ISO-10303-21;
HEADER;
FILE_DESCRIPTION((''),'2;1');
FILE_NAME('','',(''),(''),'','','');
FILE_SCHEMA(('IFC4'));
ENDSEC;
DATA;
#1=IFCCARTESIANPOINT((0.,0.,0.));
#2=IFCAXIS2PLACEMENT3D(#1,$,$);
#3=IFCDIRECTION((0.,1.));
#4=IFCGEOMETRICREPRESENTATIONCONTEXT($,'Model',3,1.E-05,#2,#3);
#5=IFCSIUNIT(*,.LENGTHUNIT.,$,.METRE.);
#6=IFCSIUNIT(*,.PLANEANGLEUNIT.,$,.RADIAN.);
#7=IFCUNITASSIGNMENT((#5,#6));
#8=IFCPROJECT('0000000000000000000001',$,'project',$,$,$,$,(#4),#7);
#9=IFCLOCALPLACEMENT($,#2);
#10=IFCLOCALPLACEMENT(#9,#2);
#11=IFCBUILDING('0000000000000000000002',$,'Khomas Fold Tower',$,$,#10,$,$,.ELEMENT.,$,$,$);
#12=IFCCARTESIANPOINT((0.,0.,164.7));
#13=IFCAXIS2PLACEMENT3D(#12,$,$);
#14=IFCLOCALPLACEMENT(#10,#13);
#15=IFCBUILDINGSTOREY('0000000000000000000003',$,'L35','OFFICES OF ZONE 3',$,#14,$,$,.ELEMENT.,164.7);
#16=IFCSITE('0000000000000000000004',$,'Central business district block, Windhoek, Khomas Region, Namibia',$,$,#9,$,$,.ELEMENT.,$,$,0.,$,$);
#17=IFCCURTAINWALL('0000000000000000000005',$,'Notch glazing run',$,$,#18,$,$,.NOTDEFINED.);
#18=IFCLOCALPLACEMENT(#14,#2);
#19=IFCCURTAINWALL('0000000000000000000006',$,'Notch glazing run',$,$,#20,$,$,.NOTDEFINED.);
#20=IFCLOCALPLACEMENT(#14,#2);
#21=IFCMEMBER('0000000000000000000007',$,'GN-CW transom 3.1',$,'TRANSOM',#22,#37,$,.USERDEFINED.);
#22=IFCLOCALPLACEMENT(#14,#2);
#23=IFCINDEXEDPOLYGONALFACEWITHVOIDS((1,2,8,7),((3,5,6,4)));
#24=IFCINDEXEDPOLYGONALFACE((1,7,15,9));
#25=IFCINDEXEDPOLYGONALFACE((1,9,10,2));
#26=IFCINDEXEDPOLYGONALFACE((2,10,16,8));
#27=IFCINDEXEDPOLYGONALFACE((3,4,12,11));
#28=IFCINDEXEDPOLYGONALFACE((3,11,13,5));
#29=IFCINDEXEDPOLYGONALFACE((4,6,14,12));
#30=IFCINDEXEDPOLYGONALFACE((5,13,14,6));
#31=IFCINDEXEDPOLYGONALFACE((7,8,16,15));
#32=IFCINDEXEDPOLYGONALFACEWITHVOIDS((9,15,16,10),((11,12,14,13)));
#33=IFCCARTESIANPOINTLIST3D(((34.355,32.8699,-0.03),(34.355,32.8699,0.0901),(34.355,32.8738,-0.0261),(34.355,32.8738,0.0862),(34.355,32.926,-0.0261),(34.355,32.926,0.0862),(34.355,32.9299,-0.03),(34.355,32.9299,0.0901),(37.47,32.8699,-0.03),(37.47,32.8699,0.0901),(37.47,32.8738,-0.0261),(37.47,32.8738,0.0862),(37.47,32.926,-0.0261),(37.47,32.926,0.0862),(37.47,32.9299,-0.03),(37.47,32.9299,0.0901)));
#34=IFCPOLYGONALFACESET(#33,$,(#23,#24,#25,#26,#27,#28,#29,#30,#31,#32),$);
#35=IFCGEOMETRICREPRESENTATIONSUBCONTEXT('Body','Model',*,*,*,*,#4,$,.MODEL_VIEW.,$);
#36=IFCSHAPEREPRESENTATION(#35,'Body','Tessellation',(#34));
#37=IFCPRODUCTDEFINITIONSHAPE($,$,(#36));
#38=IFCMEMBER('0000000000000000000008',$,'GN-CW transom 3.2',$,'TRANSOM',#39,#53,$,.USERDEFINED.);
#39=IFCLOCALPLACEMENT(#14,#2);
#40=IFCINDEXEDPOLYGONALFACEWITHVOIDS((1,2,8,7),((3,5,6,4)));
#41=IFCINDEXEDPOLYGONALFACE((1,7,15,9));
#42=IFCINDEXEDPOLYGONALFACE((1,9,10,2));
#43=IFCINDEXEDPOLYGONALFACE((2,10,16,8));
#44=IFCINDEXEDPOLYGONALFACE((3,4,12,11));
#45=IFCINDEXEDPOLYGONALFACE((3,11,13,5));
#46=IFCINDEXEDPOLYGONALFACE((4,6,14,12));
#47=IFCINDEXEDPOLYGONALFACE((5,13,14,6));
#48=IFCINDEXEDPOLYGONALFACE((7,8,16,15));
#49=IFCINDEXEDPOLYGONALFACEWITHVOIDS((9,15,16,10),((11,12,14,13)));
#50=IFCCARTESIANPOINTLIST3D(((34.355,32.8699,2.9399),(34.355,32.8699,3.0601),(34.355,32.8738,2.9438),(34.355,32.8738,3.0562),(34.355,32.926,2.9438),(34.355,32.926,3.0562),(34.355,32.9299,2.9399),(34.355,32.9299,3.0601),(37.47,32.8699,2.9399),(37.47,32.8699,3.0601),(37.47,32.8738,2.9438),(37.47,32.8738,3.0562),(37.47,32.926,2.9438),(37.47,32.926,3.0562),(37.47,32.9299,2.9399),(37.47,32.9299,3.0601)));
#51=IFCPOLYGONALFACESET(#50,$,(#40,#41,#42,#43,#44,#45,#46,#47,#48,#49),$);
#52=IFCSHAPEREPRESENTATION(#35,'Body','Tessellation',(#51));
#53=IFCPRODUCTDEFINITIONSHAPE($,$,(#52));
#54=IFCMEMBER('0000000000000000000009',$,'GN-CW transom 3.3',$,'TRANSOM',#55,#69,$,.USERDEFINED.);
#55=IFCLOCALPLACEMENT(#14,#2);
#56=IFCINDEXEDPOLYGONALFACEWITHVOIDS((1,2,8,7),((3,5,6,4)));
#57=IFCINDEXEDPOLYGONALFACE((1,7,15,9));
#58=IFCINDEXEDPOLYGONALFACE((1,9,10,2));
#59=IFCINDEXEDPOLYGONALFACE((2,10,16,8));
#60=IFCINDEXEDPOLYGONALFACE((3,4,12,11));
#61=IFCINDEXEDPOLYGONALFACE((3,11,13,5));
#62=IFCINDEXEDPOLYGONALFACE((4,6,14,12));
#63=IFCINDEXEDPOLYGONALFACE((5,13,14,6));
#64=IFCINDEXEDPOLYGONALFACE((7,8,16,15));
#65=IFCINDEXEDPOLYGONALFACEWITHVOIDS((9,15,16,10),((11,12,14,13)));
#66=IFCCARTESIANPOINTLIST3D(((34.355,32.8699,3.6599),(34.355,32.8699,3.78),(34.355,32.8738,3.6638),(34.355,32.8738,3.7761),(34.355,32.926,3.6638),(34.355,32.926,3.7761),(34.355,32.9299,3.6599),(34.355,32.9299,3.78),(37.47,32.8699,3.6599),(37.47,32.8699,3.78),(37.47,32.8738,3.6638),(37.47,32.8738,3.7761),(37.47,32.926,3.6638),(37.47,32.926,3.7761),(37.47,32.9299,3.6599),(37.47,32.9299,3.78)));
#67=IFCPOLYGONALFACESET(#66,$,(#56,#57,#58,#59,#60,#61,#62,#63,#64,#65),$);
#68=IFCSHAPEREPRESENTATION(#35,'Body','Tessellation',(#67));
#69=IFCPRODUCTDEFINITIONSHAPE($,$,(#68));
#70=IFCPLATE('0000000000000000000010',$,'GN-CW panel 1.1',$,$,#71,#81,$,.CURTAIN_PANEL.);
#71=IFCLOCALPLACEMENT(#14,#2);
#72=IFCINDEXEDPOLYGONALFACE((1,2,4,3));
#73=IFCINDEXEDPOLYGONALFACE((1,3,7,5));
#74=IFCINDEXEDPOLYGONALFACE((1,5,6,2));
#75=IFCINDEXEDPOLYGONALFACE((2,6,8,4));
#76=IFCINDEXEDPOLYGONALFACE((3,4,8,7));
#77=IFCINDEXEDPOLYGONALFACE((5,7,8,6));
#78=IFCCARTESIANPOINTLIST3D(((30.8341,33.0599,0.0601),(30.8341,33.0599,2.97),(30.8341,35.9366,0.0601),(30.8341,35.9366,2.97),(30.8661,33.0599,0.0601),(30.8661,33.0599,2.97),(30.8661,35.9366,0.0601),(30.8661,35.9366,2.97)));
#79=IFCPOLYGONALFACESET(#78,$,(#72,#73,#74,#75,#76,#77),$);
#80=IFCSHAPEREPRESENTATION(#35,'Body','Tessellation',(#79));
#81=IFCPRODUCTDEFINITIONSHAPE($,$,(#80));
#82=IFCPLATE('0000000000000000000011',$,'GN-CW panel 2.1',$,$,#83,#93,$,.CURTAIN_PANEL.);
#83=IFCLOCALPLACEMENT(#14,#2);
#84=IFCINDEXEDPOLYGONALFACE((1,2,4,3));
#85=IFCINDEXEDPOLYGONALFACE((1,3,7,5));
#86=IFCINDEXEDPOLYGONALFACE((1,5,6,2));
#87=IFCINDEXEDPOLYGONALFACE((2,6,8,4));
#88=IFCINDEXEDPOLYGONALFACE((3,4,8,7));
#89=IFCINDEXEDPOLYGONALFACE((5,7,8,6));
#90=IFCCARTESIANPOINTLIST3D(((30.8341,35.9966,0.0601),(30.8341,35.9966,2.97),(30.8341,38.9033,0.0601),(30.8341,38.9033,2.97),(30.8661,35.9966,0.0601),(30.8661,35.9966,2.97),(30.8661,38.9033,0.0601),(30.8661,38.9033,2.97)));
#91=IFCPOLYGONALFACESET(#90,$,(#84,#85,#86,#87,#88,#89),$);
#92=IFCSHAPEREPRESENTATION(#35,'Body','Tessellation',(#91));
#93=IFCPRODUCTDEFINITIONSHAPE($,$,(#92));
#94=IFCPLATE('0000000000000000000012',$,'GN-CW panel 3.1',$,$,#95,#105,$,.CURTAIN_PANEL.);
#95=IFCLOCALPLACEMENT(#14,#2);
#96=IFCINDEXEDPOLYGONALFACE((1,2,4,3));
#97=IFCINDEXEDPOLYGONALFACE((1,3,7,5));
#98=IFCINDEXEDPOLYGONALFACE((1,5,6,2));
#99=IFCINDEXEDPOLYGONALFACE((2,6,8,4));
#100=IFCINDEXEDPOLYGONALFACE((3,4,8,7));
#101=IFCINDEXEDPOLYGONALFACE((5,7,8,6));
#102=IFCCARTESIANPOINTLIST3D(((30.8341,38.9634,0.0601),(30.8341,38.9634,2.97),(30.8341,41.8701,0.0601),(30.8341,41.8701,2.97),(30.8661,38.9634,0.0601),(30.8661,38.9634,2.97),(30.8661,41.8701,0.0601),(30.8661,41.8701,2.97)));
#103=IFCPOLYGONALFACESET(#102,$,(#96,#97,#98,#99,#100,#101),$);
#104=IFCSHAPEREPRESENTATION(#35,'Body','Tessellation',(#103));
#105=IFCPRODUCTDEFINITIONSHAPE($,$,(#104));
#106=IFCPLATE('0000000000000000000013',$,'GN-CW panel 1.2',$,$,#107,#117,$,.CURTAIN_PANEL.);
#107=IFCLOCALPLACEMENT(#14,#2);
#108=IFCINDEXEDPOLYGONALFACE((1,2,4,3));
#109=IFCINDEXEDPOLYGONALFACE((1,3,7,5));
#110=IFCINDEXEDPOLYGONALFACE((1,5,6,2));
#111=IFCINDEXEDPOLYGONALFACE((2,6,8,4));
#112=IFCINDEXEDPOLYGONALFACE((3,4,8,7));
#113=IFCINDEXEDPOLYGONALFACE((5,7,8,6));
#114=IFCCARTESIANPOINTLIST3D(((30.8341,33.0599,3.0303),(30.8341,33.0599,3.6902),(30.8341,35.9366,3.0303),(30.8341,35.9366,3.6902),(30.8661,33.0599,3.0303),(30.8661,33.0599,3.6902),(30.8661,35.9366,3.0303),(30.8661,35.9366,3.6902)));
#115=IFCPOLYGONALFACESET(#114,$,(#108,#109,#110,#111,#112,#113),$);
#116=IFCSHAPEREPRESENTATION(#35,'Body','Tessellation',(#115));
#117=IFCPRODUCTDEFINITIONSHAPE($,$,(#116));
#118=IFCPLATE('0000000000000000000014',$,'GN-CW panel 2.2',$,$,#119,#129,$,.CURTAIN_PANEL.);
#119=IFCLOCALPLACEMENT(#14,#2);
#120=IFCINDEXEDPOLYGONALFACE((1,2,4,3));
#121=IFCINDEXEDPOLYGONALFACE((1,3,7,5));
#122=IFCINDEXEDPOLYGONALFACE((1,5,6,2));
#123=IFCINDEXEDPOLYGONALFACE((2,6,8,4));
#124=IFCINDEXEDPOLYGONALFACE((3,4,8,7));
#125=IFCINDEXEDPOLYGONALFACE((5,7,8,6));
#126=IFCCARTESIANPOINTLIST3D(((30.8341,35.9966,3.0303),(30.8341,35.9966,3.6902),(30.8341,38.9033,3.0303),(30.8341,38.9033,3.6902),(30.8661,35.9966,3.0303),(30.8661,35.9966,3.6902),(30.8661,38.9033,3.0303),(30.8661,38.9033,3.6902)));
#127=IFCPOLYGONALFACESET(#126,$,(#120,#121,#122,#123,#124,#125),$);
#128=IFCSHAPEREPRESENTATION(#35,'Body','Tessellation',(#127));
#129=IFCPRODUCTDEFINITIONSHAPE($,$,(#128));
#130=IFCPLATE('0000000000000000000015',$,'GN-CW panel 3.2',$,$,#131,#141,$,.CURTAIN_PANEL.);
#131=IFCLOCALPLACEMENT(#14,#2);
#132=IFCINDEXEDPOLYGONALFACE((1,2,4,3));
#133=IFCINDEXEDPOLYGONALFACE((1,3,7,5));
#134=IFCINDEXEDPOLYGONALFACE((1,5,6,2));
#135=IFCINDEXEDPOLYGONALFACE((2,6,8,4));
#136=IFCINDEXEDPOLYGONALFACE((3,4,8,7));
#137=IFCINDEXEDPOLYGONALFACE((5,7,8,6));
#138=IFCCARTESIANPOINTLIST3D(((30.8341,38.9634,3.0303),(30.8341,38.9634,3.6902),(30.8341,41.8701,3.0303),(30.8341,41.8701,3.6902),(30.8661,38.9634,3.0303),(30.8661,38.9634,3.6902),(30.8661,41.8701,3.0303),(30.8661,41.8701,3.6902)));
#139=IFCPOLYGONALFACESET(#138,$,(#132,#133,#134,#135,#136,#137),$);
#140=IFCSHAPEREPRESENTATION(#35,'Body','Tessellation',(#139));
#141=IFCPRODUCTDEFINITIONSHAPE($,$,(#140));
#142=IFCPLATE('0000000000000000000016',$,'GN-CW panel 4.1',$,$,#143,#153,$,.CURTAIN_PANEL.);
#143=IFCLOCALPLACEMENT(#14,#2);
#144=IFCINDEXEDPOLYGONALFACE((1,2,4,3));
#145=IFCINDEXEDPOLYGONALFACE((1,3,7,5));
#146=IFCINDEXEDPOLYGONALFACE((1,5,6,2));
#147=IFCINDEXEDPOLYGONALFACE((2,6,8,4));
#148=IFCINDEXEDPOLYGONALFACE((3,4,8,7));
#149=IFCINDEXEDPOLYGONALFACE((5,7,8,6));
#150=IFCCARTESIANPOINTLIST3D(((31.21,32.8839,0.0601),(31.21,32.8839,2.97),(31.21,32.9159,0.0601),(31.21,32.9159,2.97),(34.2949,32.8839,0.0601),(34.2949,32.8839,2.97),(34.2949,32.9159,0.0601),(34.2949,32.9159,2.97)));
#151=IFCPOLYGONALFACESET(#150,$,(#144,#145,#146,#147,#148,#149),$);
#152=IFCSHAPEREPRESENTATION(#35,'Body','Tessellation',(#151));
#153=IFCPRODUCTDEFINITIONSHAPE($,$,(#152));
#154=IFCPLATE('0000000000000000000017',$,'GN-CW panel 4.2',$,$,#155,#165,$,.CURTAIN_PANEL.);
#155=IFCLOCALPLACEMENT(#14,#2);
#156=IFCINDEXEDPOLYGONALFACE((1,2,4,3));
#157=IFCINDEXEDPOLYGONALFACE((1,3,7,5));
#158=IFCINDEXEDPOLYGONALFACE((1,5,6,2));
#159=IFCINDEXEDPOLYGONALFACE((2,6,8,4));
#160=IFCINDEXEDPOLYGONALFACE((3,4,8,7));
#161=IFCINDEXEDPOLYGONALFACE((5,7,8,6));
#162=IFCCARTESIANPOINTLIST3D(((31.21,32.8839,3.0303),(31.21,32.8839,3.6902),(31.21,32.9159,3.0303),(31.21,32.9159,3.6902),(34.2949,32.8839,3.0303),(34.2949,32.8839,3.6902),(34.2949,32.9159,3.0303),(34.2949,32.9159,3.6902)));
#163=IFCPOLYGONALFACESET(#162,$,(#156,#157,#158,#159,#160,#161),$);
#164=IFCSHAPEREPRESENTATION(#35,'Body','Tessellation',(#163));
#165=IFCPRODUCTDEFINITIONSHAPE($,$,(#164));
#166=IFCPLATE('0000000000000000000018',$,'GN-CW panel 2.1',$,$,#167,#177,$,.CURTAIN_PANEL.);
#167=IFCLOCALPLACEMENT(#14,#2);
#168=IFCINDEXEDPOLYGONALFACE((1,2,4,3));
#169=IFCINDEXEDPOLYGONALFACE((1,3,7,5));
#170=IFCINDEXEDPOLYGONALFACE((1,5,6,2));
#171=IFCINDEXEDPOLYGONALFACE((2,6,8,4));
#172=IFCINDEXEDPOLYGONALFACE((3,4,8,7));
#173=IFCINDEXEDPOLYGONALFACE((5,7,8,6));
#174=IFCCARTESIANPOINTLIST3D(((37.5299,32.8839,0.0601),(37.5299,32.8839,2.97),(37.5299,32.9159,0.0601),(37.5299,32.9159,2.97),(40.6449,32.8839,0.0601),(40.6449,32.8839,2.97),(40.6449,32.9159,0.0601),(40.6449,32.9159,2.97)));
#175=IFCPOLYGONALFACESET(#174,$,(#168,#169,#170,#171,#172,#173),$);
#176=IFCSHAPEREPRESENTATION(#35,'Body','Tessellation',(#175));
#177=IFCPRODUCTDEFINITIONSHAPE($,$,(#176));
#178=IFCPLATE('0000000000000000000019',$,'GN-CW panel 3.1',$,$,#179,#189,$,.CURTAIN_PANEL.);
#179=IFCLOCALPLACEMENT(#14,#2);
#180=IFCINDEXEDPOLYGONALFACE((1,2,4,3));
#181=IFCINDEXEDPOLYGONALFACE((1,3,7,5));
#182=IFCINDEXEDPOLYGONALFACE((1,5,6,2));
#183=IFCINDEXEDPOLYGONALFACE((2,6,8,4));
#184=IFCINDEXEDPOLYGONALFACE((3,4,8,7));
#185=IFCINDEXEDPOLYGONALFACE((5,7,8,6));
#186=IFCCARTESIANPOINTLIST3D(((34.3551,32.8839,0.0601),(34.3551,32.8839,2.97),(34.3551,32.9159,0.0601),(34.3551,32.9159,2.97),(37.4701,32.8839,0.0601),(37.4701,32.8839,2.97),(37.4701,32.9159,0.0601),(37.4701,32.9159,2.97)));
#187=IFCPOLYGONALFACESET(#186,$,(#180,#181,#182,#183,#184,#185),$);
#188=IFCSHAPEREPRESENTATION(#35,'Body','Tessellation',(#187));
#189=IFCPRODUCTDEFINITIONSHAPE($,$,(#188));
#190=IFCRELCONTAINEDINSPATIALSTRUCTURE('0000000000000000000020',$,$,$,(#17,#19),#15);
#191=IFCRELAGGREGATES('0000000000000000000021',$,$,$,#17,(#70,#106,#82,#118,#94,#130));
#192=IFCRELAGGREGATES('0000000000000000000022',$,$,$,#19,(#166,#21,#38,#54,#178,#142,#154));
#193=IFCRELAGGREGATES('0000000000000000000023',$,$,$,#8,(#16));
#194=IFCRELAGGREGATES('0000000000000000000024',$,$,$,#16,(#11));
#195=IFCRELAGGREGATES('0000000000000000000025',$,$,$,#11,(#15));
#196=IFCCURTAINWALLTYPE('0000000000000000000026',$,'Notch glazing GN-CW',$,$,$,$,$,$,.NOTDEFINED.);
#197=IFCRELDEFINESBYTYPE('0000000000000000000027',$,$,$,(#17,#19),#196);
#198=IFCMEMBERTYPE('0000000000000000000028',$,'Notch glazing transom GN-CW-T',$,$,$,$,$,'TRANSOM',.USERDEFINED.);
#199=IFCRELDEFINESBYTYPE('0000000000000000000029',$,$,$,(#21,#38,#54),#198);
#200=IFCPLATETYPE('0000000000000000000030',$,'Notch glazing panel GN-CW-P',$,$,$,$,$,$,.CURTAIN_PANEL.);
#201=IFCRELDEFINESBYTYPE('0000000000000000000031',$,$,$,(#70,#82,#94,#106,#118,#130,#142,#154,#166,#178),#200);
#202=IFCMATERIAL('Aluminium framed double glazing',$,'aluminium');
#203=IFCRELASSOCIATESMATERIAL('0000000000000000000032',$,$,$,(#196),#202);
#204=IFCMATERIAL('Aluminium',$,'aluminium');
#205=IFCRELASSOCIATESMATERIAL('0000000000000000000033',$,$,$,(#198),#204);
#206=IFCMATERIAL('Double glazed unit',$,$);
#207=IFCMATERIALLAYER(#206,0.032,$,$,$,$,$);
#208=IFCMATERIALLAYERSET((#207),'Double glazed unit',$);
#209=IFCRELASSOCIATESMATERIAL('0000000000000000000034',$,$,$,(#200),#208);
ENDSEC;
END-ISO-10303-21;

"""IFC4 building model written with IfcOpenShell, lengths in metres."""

from ifc_helpers import new_model, si_unit, direction, frame, origin, origin_2d, place, context, subcontext, project, spatial, rectangle, hollow_rectangle, extrude, source, transform, mapped, material, layer, layer_set, material_profile, profile_set, type_object, element, aggregate, save


model = new_model("IFC4")

# Units and contexts
model_context = context("Model", 3, precision=1e-05, world=origin(), true_north=direction((0.0, 1.0)))
body_context = subcontext(model_context, "Body", "Model", "MODEL_VIEW")
ifc_project = project(units=[si_unit("LENGTHUNIT", "METRE"), si_unit("PLANEANGLEUNIT", "RADIAN")], contexts=[model_context])

# Site, building, storey
site_placement = place(None, origin())
site = spatial("IfcSite", under=ifc_project, at=site_placement, Name="Central business district block, Windhoek, Khomas Region, Namibia", CompositionType="ELEMENT", RefElevation=0.0)
building_placement = place(site_placement, origin())
building = spatial("IfcBuilding", under=site, at=building_placement, Name="Khomas Fold Tower", CompositionType="ELEMENT")
storey_placement = place(building_placement, frame((0.0, 0.0, 164.7)))
storey = spatial("IfcBuildingStorey", under=building, at=storey_placement, Name="L35", Description="OFFICES OF ZONE 3", CompositionType="ELEMENT", Elevation=164.7)

# Curtain walls
ifc_material_1 = material(Name="Aluminium framed double glazing", Category="aluminium")
curtain_wall_type = type_object("IfcCurtainWallType", Name="Notch glazing GN-CW", PredefinedType="NOTDEFINED", material=ifc_material_1)
curtain_wall_1_placement = place(storey_placement, origin())
curtain_wall_1 = element("IfcCurtainWall", 1, at=curtain_wall_1_placement, inside=storey, type_object=curtain_wall_type, Name="Notch glazing run", PredefinedType="NOTDEFINED")
ifc_material_2 = material(Name="Aluminium", Category="aluminium")
ifc_material_profile_1 = material_profile(ifc_material_2, hollow_rectangle(XDim=0.0601, YDim=0.1201, WallThickness=0.0039, at=origin_2d()), Name="Notch glazing transom GN-CW-T")
ifc_profile_set_1 = profile_set([ifc_material_profile_1], Name="Aluminium")
member_type_1 = type_object("IfcMemberType", Name="Notch glazing transom GN-CW-T", ElementType="TRANSOM", PredefinedType="USERDEFINED", material=ifc_profile_set_1)
curtain_wall_2_placement = place(storey_placement, origin())
curtain_wall_2 = element("IfcCurtainWall", 2, at=curtain_wall_2_placement, inside=storey, type_object=curtain_wall_type, Name="Notch glazing run", PredefinedType="NOTDEFINED")

# Members
shared_shape_1 = source(origin(), body_context, "Body", "SweptSolid", [
    extrude(hollow_rectangle(XDim=0.0601, YDim=0.1201, WallThickness=0.0039, at=origin_2d()), origin(), (0.0, 0.0, 1.0), 3.115),
])
member_1_placement = place(storey_placement, frame((37.47, 32.8999, 0.03), z_axis=(-1.0, 0.0, 0.0), x_axis=(0.0, -1.0, 0.0)))
member_1 = element("IfcMember", 3, at=member_1_placement, type_object=member_type_1, Name="GN-CW transom 3.1", ObjectType="TRANSOM", PredefinedType="USERDEFINED", context=body_context, shape_type="MappedRepresentation", body=[
    mapped(shared_shape_1, transform((0.0, 0.0, 0.0))),
])
member_2_placement = place(storey_placement, frame((37.47, 32.8999, 3.0), z_axis=(-1.0, 0.0, 0.0), x_axis=(0.0, -1.0, 0.0)))
member_2 = element("IfcMember", 4, at=member_2_placement, type_object=member_type_1, Name="GN-CW transom 3.2", ObjectType="TRANSOM", PredefinedType="USERDEFINED", context=body_context, shape_type="MappedRepresentation", body=[
    mapped(shared_shape_1, transform((0.0, 0.0, 0.0))),
])
member_3_placement = place(storey_placement, frame((37.47, 32.8999, 3.72), z_axis=(-1.0, 0.0, 0.0), x_axis=(0.0, -1.0, 0.0)))
member_3 = element("IfcMember", 5, at=member_3_placement, type_object=member_type_1, Name="GN-CW transom 3.3", ObjectType="TRANSOM", PredefinedType="USERDEFINED", context=body_context, shape_type="MappedRepresentation", body=[
    mapped(shared_shape_1, transform((0.0, 0.0, 0.0))),
])

# Plates
ifc_material_3 = material(Name="Double glazed unit")
ifc_layer_1 = layer(ifc_material_3, 0.032)
ifc_layer_set_1 = layer_set([ifc_layer_1], Name="Double glazed unit")
plate_type = type_object("IfcPlateType", Name="Notch glazing panel GN-CW-P", PredefinedType="CURTAIN_PANEL", material=ifc_layer_set_1)
shared_shape_2 = source(origin(), body_context, "Body", "SweptSolid", [
    extrude(rectangle(XDim=2.8767, YDim=0.032, at=origin_2d()), origin(), (0.0, 0.0, 1.0), 2.9099),
])
plate_1_placement = place(storey_placement, frame((30.8501, 34.4983, 0.0601), z_axis=(0.0, 0.0, 1.0), x_axis=(0.0, 1.0, 0.0)))
plate_1 = element("IfcPlate", 6, at=plate_1_placement, type_object=plate_type, Name="GN-CW panel 1.1", PredefinedType="CURTAIN_PANEL", context=body_context, shape_type="MappedRepresentation", body=[
    mapped(shared_shape_2, transform((0.0, 0.0, 0.0))),
])
shared_shape_3 = source(origin(), body_context, "Body", "SweptSolid", [
    extrude(rectangle(XDim=2.9067, YDim=0.032, at=origin_2d()), origin(), (0.0, 0.0, 1.0), 2.9099),
])
plate_2_placement = place(storey_placement, frame((30.8501, 37.45, 0.0601), z_axis=(0.0, 0.0, 1.0), x_axis=(0.0, 1.0, 0.0)))
plate_2 = element("IfcPlate", 7, at=plate_2_placement, type_object=plate_type, Name="GN-CW panel 2.1", PredefinedType="CURTAIN_PANEL", context=body_context, shape_type="MappedRepresentation", body=[
    mapped(shared_shape_3, transform((0.0, 0.0, 0.0))),
])
plate_3_placement = place(storey_placement, frame((30.8501, 40.4167, 0.0601), z_axis=(0.0, 0.0, 1.0), x_axis=(0.0, 1.0, 0.0)))
plate_3 = element("IfcPlate", 8, at=plate_3_placement, type_object=plate_type, Name="GN-CW panel 3.1", PredefinedType="CURTAIN_PANEL", context=body_context, shape_type="MappedRepresentation", body=[
    mapped(shared_shape_3, transform((0.0, 0.0, 0.0))),
])
shared_shape_4 = source(origin(), body_context, "Body", "SweptSolid", [
    extrude(rectangle(XDim=2.8767, YDim=0.032, at=origin_2d()), origin(), (0.0, 0.0, 1.0), 0.6599),
])
plate_4_placement = place(storey_placement, frame((30.8501, 34.4983, 3.0303), z_axis=(0.0, 0.0, 1.0), x_axis=(0.0, 1.0, 0.0)))
plate_4 = element("IfcPlate", 9, at=plate_4_placement, type_object=plate_type, Name="GN-CW panel 1.2", PredefinedType="CURTAIN_PANEL", context=body_context, shape_type="MappedRepresentation", body=[
    mapped(shared_shape_4, transform((0.0, 0.0, 0.0))),
])
shared_shape_5 = source(origin(), body_context, "Body", "SweptSolid", [
    extrude(rectangle(XDim=2.9067, YDim=0.032, at=origin_2d()), origin(), (0.0, 0.0, 1.0), 0.6599),
])
plate_5_placement = place(storey_placement, frame((30.8501, 37.45, 3.0303), z_axis=(0.0, 0.0, 1.0), x_axis=(0.0, 1.0, 0.0)))
plate_5 = element("IfcPlate", 10, at=plate_5_placement, type_object=plate_type, Name="GN-CW panel 2.2", PredefinedType="CURTAIN_PANEL", context=body_context, shape_type="MappedRepresentation", body=[
    mapped(shared_shape_5, transform((0.0, 0.0, 0.0))),
])
plate_6_placement = place(storey_placement, frame((30.8501, 40.4167, 3.0303), z_axis=(0.0, 0.0, 1.0), x_axis=(0.0, 1.0, 0.0)))
plate_6 = element("IfcPlate", 11, at=plate_6_placement, type_object=plate_type, Name="GN-CW panel 3.2", PredefinedType="CURTAIN_PANEL", context=body_context, shape_type="MappedRepresentation", body=[
    mapped(shared_shape_5, transform((0.0, 0.0, 0.0))),
])
aggregate(curtain_wall_1, [plate_1, plate_4, plate_2, plate_5, plate_3, plate_6])
shared_shape_6 = source(origin(), body_context, "Body", "SweptSolid", [
    extrude(rectangle(XDim=3.085, YDim=0.032, at=origin_2d()), origin(), (0.0, 0.0, 1.0), 2.9099),
])
plate_7_placement = place(storey_placement, frame((32.7524, 32.8999, 0.0601), z_axis=(0.0, 0.0, 1.0), x_axis=(-1.0, 0.0, 0.0)))
plate_7 = element("IfcPlate", 12, at=plate_7_placement, type_object=plate_type, Name="GN-CW panel 4.1", PredefinedType="CURTAIN_PANEL", context=body_context, shape_type="MappedRepresentation", body=[
    mapped(shared_shape_6, transform((0.0, 0.0, 0.0))),
])
shared_shape_7 = source(origin(), body_context, "Body", "SweptSolid", [
    extrude(rectangle(XDim=3.085, YDim=0.032, at=origin_2d()), origin(), (0.0, 0.0, 1.0), 0.6599),
])
plate_8_placement = place(storey_placement, frame((32.7524, 32.8999, 3.0303), z_axis=(0.0, 0.0, 1.0), x_axis=(-1.0, 0.0, 0.0)))
plate_8 = element("IfcPlate", 13, at=plate_8_placement, type_object=plate_type, Name="GN-CW panel 4.2", PredefinedType="CURTAIN_PANEL", context=body_context, shape_type="MappedRepresentation", body=[
    mapped(shared_shape_7, transform((0.0, 0.0, 0.0))),
])
shared_shape_8 = source(origin(), body_context, "Body", "SweptSolid", [
    extrude(rectangle(XDim=3.115, YDim=0.032, at=origin_2d()), origin(), (0.0, 0.0, 1.0), 2.9099),
])
plate_9_placement = place(storey_placement, frame((39.0874, 32.8999, 0.0601), z_axis=(0.0, 0.0, 1.0), x_axis=(-1.0, 0.0, 0.0)))
plate_9 = element("IfcPlate", 14, at=plate_9_placement, type_object=plate_type, Name="GN-CW panel 2.1", PredefinedType="CURTAIN_PANEL", context=body_context, shape_type="MappedRepresentation", body=[
    mapped(shared_shape_8, transform((0.0, 0.0, 0.0))),
])
plate_10_placement = place(storey_placement, frame((35.9126, 32.8999, 0.0601), z_axis=(0.0, 0.0, 1.0), x_axis=(-1.0, 0.0, 0.0)))
plate_10 = element("IfcPlate", 15, at=plate_10_placement, type_object=plate_type, Name="GN-CW panel 3.1", PredefinedType="CURTAIN_PANEL", context=body_context, shape_type="MappedRepresentation", body=[
    mapped(shared_shape_8, transform((0.0, 0.0, 0.0))),
])
aggregate(curtain_wall_2, [plate_9, member_1, member_2, member_3, plate_10, plate_7, plate_8])

save(model, "model.ifc")
